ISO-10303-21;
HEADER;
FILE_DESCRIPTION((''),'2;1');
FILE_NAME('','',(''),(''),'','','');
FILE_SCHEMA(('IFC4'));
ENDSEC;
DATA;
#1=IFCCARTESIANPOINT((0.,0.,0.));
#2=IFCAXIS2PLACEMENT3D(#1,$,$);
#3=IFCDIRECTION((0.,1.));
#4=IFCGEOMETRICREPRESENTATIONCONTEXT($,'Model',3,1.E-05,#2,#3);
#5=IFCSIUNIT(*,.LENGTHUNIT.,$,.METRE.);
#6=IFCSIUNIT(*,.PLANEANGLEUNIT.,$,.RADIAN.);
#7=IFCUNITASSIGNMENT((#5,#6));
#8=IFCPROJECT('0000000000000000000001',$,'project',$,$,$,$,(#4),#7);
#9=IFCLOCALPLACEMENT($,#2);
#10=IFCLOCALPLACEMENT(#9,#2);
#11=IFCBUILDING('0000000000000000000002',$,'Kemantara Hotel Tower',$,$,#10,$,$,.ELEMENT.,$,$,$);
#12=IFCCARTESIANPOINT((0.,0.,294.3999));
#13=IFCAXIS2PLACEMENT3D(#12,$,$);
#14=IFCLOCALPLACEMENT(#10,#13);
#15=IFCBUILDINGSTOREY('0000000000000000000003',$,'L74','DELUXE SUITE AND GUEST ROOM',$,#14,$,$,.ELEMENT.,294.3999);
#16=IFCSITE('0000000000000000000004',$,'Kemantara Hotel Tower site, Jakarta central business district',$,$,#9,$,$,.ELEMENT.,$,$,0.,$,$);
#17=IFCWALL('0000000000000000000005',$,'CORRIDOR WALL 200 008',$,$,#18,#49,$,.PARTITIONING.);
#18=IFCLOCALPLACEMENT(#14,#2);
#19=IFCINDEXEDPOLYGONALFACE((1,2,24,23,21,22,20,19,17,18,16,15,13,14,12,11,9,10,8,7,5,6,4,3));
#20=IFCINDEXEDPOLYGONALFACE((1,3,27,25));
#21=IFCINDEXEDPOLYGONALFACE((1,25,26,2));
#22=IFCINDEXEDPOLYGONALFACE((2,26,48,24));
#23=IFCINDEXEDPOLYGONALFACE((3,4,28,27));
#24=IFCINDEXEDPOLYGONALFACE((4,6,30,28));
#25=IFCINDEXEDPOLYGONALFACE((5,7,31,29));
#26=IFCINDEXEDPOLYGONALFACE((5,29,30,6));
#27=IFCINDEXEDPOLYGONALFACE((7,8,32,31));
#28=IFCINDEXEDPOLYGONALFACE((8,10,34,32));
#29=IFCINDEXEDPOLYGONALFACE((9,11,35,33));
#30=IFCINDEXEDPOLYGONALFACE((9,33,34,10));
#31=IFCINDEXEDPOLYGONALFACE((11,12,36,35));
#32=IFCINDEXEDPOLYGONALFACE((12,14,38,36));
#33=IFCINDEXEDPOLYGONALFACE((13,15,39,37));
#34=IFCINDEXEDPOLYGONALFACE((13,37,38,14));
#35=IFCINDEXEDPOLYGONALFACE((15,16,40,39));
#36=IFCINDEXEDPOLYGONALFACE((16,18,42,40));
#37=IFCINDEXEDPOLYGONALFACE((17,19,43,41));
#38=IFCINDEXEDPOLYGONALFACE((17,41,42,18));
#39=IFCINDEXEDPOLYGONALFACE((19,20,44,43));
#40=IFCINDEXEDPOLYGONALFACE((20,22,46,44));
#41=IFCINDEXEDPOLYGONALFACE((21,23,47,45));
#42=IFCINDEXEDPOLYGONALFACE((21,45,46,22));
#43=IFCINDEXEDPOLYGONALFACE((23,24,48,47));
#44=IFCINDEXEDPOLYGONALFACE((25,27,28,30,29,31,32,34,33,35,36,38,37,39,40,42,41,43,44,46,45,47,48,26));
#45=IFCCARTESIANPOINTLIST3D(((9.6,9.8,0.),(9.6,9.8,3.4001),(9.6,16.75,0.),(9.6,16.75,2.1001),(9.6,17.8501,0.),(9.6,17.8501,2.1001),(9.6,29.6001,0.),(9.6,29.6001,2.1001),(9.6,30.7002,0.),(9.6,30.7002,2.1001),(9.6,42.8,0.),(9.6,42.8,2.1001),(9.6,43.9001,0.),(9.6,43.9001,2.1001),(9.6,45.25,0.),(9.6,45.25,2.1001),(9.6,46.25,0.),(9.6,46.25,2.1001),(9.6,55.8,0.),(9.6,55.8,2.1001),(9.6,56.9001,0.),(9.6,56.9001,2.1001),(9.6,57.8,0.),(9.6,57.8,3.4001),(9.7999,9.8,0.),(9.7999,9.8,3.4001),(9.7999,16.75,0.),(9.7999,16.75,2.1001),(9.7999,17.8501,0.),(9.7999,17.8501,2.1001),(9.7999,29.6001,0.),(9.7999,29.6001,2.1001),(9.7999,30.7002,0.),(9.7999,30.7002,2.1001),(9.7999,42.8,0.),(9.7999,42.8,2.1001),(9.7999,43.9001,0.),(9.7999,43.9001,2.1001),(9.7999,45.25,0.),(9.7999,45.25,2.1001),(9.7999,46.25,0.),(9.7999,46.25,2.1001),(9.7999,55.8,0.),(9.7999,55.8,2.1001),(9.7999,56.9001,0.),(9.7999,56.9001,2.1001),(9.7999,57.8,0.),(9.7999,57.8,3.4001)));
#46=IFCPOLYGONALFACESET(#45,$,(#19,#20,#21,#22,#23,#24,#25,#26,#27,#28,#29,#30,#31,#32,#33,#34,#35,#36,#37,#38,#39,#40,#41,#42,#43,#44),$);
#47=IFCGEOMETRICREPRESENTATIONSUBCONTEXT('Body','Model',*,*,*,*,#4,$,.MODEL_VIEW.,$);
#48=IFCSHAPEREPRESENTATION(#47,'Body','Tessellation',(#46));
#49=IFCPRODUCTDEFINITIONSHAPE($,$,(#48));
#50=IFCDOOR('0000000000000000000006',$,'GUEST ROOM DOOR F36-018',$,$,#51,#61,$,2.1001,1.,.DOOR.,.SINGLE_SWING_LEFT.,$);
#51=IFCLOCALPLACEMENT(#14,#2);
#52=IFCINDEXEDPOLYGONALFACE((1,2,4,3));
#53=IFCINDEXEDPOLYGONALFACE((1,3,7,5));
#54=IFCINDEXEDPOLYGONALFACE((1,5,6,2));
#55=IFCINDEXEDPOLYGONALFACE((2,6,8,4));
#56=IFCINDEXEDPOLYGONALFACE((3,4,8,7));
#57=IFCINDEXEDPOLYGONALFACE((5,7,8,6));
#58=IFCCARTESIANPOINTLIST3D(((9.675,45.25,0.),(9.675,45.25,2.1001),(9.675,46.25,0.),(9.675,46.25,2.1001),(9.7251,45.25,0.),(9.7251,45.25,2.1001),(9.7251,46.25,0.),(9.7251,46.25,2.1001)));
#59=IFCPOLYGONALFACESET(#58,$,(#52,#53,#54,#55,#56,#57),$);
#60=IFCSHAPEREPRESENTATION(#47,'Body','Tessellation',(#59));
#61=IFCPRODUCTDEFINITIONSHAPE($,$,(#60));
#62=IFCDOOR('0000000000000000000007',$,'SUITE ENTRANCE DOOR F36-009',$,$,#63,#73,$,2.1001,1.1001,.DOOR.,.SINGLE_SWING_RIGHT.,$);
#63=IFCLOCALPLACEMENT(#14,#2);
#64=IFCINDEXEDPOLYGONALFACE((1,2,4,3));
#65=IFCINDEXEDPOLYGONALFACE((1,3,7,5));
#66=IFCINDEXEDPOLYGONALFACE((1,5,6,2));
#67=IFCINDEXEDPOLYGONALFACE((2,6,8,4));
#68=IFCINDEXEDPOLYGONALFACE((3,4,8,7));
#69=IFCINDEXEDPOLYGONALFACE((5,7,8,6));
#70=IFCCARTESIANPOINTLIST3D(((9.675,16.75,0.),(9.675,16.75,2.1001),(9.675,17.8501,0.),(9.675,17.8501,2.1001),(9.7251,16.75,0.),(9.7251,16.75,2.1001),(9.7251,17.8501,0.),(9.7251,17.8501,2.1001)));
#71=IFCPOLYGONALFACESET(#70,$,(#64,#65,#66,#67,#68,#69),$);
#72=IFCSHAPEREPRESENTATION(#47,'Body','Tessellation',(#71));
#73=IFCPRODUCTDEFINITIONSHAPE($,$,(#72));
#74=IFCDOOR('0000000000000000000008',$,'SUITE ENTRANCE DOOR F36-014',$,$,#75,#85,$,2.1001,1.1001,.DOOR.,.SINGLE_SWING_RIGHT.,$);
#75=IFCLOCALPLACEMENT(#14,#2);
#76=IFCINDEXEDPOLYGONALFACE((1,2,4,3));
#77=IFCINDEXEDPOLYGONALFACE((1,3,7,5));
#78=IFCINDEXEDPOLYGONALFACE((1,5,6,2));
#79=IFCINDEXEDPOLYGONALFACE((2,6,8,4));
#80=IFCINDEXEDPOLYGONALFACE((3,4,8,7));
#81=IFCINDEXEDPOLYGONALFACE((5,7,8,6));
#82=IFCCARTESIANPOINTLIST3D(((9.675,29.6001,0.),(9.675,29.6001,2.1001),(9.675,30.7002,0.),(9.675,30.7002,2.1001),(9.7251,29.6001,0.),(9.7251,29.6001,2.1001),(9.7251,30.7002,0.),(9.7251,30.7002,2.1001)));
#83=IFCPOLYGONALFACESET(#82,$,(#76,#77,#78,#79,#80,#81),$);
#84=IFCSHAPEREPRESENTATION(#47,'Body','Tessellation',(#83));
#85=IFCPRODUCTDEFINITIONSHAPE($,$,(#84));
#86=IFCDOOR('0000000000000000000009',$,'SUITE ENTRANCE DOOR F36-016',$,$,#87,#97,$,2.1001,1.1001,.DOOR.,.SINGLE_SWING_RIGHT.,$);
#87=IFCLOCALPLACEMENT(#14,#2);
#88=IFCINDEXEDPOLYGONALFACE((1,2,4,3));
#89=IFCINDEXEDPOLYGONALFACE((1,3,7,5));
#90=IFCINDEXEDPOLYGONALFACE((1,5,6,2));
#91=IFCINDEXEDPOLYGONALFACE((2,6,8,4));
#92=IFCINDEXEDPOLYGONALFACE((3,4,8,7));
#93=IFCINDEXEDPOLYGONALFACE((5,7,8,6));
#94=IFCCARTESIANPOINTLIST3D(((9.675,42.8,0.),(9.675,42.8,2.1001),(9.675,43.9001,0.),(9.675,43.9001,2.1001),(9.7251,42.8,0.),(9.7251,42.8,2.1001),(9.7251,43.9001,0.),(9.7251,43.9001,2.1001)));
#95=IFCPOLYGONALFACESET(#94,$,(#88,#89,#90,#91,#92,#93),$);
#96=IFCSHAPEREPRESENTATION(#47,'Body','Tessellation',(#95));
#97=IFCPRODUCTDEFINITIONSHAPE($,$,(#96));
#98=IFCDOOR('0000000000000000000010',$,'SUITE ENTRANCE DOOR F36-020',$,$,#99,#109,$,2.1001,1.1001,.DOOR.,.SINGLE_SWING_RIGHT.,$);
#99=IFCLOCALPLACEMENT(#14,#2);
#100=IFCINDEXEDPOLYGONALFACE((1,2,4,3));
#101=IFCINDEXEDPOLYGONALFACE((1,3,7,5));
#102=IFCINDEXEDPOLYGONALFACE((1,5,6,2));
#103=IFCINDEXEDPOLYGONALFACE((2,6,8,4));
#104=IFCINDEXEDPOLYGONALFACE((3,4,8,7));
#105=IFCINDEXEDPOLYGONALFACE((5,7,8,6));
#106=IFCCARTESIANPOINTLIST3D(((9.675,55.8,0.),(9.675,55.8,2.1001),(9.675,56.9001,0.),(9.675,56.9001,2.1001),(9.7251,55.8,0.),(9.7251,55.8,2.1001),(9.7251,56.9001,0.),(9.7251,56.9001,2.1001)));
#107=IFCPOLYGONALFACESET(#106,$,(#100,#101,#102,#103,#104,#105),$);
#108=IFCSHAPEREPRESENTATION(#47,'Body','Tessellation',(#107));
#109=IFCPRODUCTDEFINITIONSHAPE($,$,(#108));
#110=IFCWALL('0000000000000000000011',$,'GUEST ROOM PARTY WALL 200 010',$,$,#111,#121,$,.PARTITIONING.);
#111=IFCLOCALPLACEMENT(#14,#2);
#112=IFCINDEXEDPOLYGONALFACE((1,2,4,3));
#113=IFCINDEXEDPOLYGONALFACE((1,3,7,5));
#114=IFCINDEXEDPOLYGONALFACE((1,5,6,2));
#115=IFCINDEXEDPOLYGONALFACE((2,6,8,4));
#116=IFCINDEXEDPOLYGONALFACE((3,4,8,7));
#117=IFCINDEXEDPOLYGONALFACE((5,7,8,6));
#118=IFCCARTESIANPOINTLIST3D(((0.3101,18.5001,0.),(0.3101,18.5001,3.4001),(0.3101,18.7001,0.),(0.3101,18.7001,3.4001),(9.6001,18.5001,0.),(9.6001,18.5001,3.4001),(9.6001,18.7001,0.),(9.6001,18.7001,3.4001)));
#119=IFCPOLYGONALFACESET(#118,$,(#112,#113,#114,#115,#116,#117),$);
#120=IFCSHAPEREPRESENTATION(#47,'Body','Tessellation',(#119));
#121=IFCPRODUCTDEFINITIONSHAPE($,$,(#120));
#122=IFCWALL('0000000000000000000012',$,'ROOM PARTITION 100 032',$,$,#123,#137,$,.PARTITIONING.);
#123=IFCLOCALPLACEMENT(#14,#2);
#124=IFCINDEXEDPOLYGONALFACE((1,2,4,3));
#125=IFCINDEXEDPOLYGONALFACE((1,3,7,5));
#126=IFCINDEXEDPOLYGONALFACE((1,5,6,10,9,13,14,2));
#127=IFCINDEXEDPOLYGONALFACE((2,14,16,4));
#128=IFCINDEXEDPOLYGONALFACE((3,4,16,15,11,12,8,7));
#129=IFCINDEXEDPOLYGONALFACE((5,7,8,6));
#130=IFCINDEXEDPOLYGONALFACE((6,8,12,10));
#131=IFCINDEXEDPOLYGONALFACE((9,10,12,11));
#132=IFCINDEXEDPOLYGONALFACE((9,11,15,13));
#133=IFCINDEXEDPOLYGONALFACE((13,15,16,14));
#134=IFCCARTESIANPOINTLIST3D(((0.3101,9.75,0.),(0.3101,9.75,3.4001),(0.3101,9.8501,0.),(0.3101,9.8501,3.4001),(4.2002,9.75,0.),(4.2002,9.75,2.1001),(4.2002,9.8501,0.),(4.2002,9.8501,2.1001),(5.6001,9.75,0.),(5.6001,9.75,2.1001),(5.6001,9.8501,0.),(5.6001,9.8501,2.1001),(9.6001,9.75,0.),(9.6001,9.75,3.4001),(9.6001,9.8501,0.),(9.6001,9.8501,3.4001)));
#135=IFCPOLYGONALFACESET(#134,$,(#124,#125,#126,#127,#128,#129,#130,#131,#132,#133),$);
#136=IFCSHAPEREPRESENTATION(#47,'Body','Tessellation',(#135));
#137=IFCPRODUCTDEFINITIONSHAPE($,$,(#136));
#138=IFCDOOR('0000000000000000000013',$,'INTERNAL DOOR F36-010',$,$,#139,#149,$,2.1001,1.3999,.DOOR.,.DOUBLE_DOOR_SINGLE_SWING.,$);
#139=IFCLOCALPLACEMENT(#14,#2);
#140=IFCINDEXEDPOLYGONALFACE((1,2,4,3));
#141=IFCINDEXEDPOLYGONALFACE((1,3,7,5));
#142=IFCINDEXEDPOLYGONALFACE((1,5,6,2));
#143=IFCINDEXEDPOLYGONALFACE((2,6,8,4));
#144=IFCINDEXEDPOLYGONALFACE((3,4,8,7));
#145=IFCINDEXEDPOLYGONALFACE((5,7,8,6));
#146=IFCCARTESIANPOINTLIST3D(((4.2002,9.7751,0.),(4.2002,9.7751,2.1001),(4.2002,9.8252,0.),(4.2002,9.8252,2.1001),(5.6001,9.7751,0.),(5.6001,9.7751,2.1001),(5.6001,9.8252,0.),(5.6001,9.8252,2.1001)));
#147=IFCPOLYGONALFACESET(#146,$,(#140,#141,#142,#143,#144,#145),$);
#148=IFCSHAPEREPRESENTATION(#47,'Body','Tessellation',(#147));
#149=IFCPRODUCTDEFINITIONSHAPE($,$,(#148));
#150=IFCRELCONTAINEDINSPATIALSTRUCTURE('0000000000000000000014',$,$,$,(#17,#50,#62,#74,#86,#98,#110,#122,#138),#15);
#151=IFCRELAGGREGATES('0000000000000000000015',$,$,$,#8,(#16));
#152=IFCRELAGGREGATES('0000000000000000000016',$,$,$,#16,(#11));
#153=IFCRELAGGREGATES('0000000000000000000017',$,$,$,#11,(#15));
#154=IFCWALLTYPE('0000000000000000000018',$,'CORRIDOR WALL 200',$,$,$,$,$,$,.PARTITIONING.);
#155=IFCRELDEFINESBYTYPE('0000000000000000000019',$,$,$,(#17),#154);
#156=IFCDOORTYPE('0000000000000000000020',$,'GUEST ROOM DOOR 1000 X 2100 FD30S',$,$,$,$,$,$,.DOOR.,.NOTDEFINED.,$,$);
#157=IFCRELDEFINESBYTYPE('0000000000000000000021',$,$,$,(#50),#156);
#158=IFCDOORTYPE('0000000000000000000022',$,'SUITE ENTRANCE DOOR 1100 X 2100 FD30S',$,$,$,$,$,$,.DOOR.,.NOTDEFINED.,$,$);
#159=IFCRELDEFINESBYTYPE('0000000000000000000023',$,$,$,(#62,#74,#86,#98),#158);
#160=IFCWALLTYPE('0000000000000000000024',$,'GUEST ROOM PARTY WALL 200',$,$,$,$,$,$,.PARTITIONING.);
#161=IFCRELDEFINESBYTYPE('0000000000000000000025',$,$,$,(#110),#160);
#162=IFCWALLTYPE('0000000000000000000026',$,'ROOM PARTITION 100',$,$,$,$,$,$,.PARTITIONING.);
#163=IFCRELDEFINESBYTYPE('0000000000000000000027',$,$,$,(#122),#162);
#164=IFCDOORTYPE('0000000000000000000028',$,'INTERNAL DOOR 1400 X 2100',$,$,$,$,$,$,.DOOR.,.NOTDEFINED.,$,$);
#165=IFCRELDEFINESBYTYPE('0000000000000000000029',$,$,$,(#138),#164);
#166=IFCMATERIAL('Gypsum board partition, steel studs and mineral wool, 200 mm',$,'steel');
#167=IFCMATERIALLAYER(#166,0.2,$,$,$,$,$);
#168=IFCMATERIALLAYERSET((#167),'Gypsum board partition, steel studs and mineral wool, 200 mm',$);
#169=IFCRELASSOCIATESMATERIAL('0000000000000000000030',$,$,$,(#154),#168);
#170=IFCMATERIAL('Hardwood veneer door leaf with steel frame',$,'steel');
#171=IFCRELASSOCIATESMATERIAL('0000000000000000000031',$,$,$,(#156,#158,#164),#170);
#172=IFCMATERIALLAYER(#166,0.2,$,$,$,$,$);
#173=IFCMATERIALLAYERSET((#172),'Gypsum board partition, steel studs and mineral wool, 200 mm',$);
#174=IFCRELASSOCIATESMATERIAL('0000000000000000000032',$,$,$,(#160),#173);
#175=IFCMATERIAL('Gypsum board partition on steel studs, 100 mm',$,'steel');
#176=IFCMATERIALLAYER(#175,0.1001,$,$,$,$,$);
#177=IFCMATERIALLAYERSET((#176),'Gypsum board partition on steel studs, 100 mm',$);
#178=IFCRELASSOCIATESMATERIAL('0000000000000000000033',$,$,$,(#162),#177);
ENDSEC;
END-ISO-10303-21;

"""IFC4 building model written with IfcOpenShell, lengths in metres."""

from ifc_helpers import new_model, si_unit, direction, frame, frame_2d, origin, place, context, subcontext, project, spatial, rectangle, extrude, material, layer, layer_set, type_object, element, fill, save


model = new_model("IFC4")

# Units and contexts
model_context = context("Model", 3, precision=1e-05, world=origin(), true_north=direction((0.0, 1.0)))
body_context = subcontext(model_context, "Body", "Model", "MODEL_VIEW")
ifc_project = project(units=[si_unit("LENGTHUNIT", "METRE"), si_unit("PLANEANGLEUNIT", "RADIAN")], contexts=[model_context])

# Site, building, storey
site_placement = place(None, origin())
site = spatial("IfcSite", under=ifc_project, at=site_placement, Name="Kemantara Hotel Tower site, Jakarta central business district", CompositionType="ELEMENT", RefElevation=0.0)
building_placement = place(site_placement, origin())
building = spatial("IfcBuilding", under=site, at=building_placement, Name="Kemantara Hotel Tower", CompositionType="ELEMENT")
storey_placement = place(building_placement, frame((0.0, 0.0, 294.3999)))
storey = spatial("IfcBuildingStorey", under=building, at=storey_placement, Name="L74", Description="DELUXE SUITE AND GUEST ROOM", CompositionType="ELEMENT", Elevation=294.3999)

# Wall, openings, doors
ifc_material_1 = material(Name="Gypsum board partition, steel studs and mineral wool, 200 mm", Category="steel")
ifc_layer_1 = layer(ifc_material_1, 0.2)
ifc_layer_set_1 = layer_set([ifc_layer_1], Name="Gypsum board partition, steel studs and mineral wool, 200 mm")
wall_type_1 = type_object("IfcWallType", Name="CORRIDOR WALL 200", PredefinedType="PARTITIONING", material=ifc_layer_set_1)
wall_1_placement = place(storey_placement, frame((9.7, 9.8, 0.0), z_axis=(0.0, 0.0, 1.0), x_axis=(0.0, 1.0, 0.0)))
wall_1 = element("IfcWall", 1, at=wall_1_placement, inside=storey, type_object=wall_type_1, Name="CORRIDOR WALL 200 008", PredefinedType="PARTITIONING", context=body_context, shape_type="SweptSolid", body=[
    extrude(rectangle(XDim=48.0, YDim=0.2, at=frame_2d((24.0, 0.0))), origin(), (0.0, 0.0, 1.0), 3.4001),
])
opening_1_placement = place(wall_1_placement, frame((6.95, 0.0, 0.0)))
opening_1 = element("IfcOpeningElement", 2, at=opening_1_placement, cuts=wall_1, PredefinedType="OPENING", context=body_context, shape_type="SweptSolid", body=[
    extrude(rectangle(XDim=1.1001, YDim=2.1001, at=frame_2d((0.55, 1.05))), frame((0.0, 0.1099, 0.0), z_axis=(0.0, -1.0, 0.0), x_axis=(1.0, 0.0, 0.0)), (0.0, 0.0, 1.0), 0.22),
])
opening_2_placement = place(wall_1_placement, frame((19.8, 0.0, 0.0)))
opening_2 = element("IfcOpeningElement", 3, at=opening_2_placement, cuts=wall_1, PredefinedType="OPENING", context=body_context, shape_type="SweptSolid", body=[
    extrude(rectangle(XDim=1.1001, YDim=2.1001, at=frame_2d((0.55, 1.05))), frame((0.0, 0.1099, 0.0), z_axis=(0.0, -1.0, 0.0), x_axis=(1.0, 0.0, 0.0)), (0.0, 0.0, 1.0), 0.22),
])
opening_3_placement = place(wall_1_placement, frame((33.0, 0.0, 0.0)))
opening_3 = element("IfcOpeningElement", 4, at=opening_3_placement, cuts=wall_1, PredefinedType="OPENING", context=body_context, shape_type="SweptSolid", body=[
    extrude(rectangle(XDim=1.1001, YDim=2.1001, at=frame_2d((0.55, 1.05))), frame((0.0, 0.1099, 0.0), z_axis=(0.0, -1.0, 0.0), x_axis=(1.0, 0.0, 0.0)), (0.0, 0.0, 1.0), 0.22),
])
opening_4_placement = place(wall_1_placement, frame((35.45, 0.0, 0.0)))
opening_4 = element("IfcOpeningElement", 5, at=opening_4_placement, cuts=wall_1, PredefinedType="OPENING", context=body_context, shape_type="SweptSolid", body=[
    extrude(rectangle(XDim=1.0, YDim=2.1001, at=frame_2d((0.5, 1.05))), frame((0.0, 0.1099, 0.0), z_axis=(0.0, -1.0, 0.0), x_axis=(1.0, 0.0, 0.0)), (0.0, 0.0, 1.0), 0.22),
])
opening_5_placement = place(wall_1_placement, frame((46.0, 0.0, 0.0)))
opening_5 = element("IfcOpeningElement", 6, at=opening_5_placement, cuts=wall_1, PredefinedType="OPENING", context=body_context, shape_type="SweptSolid", body=[
    extrude(rectangle(XDim=1.1001, YDim=2.1001, at=frame_2d((0.55, 1.05))), frame((0.0, 0.1099, 0.0), z_axis=(0.0, -1.0, 0.0), x_axis=(1.0, 0.0, 0.0)), (0.0, 0.0, 1.0), 0.22),
])
ifc_material_2 = material(Name="Hardwood veneer door leaf with steel frame", Category="steel")
door_type_1 = type_object("IfcDoorType", Name="GUEST ROOM DOOR 1000 X 2100 FD30S", OperationType="NOTDEFINED", PredefinedType="DOOR", material=ifc_material_2)
door_1_placement = place(opening_4_placement, origin())
door_1 = element("IfcDoor", 7, at=door_1_placement, inside=storey, type_object=door_type_1, Name="GUEST ROOM DOOR F36-018", OperationType="SINGLE_SWING_LEFT", OverallHeight=2.1001, OverallWidth=1.0, PredefinedType="DOOR", context=body_context, shape_type="SweptSolid", body=[
    extrude(rectangle(XDim=1.0, YDim=2.1001, at=frame_2d((0.5, 1.05))), frame((0.0, 0.0249, 0.0), z_axis=(0.0, -1.0, 0.0), x_axis=(1.0, 0.0, 0.0)), (0.0, 0.0, 1.0), 0.05),
])
fill(opening_4, door_1)
door_type_2 = type_object("IfcDoorType", Name="SUITE ENTRANCE DOOR 1100 X 2100 FD30S", OperationType="NOTDEFINED", PredefinedType="DOOR", material=ifc_material_2)
door_2_placement = place(opening_1_placement, origin())
door_2 = element("IfcDoor", 8, at=door_2_placement, inside=storey, type_object=door_type_2, Name="SUITE ENTRANCE DOOR F36-009", OperationType="SINGLE_SWING_RIGHT", OverallHeight=2.1001, OverallWidth=1.1001, PredefinedType="DOOR", context=body_context, shape_type="SweptSolid", body=[
    extrude(rectangle(XDim=1.1001, YDim=2.1001, at=frame_2d((0.55, 1.05))), frame((0.0, 0.0249, 0.0), z_axis=(0.0, -1.0, 0.0), x_axis=(1.0, 0.0, 0.0)), (0.0, 0.0, 1.0), 0.05),
])
fill(opening_1, door_2)
door_3_placement = place(opening_2_placement, origin())
door_3 = element("IfcDoor", 9, at=door_3_placement, inside=storey, type_object=door_type_2, Name="SUITE ENTRANCE DOOR F36-014", OperationType="SINGLE_SWING_RIGHT", OverallHeight=2.1001, OverallWidth=1.1001, PredefinedType="DOOR", context=body_context, shape_type="SweptSolid", body=[
    extrude(rectangle(XDim=1.1001, YDim=2.1001, at=frame_2d((0.55, 1.05))), frame((0.0, 0.0249, 0.0), z_axis=(0.0, -1.0, 0.0), x_axis=(1.0, 0.0, 0.0)), (0.0, 0.0, 1.0), 0.05),
])
fill(opening_2, door_3)
door_4_placement = place(opening_3_placement, origin())
door_4 = element("IfcDoor", 10, at=door_4_placement, inside=storey, type_object=door_type_2, Name="SUITE ENTRANCE DOOR F36-016", OperationType="SINGLE_SWING_RIGHT", OverallHeight=2.1001, OverallWidth=1.1001, PredefinedType="DOOR", context=body_context, shape_type="SweptSolid", body=[
    extrude(rectangle(XDim=1.1001, YDim=2.1001, at=frame_2d((0.55, 1.05))), frame((0.0, 0.0249, 0.0), z_axis=(0.0, -1.0, 0.0), x_axis=(1.0, 0.0, 0.0)), (0.0, 0.0, 1.0), 0.05),
])
fill(opening_3, door_4)
door_5_placement = place(opening_5_placement, origin())
door_5 = element("IfcDoor", 11, at=door_5_placement, inside=storey, type_object=door_type_2, Name="SUITE ENTRANCE DOOR F36-020", OperationType="SINGLE_SWING_RIGHT", OverallHeight=2.1001, OverallWidth=1.1001, PredefinedType="DOOR", context=body_context, shape_type="SweptSolid", body=[
    extrude(rectangle(XDim=1.1001, YDim=2.1001, at=frame_2d((0.55, 1.05))), frame((0.0, 0.0249, 0.0), z_axis=(0.0, -1.0, 0.0), x_axis=(1.0, 0.0, 0.0)), (0.0, 0.0, 1.0), 0.05),
])
fill(opening_5, door_5)

# Wall
ifc_layer_2 = layer(ifc_material_1, 0.2)
ifc_layer_set_2 = layer_set([ifc_layer_2], Name="Gypsum board partition, steel studs and mineral wool, 200 mm")
wall_type_2 = type_object("IfcWallType", Name="GUEST ROOM PARTY WALL 200", PredefinedType="PARTITIONING", material=ifc_layer_set_2)
wall_2_placement = place(storey_placement, frame((0.3101, 18.6001, 0.0), z_axis=(0.0, 0.0, 1.0), x_axis=(1.0, 0.0, 0.0)))
element("IfcWall", 12, at=wall_2_placement, inside=storey, type_object=wall_type_2, Name="GUEST ROOM PARTY WALL 200 010", PredefinedType="PARTITIONING", context=body_context, shape_type="SweptSolid", body=[
    extrude(rectangle(XDim=9.29, YDim=0.2, at=frame_2d((4.645, 0.0))), origin(), (0.0, 0.0, 1.0), 3.4001),
])

# Wall, opening, door
ifc_material_3 = material(Name="Gypsum board partition on steel studs, 100 mm", Category="steel")
ifc_layer_3 = layer(ifc_material_3, 0.1001)
ifc_layer_set_3 = layer_set([ifc_layer_3], Name="Gypsum board partition on steel studs, 100 mm")
wall_type_3 = type_object("IfcWallType", Name="ROOM PARTITION 100", PredefinedType="PARTITIONING", material=ifc_layer_set_3)
wall_3_placement = place(storey_placement, frame((9.6001, 9.8, 0.0), z_axis=(0.0, 0.0, 1.0), x_axis=(-1.0, 0.0, 0.0)))
wall_3 = element("IfcWall", 13, at=wall_3_placement, inside=storey, type_object=wall_type_3, Name="ROOM PARTITION 100 032", PredefinedType="PARTITIONING", context=body_context, shape_type="SweptSolid", body=[
    extrude(rectangle(XDim=9.29, YDim=0.1001, at=frame_2d((4.645, 0.0))), origin(), (0.0, 0.0, 1.0), 3.4001),
])
opening_6_placement = place(wall_3_placement, frame((4.0, 0.0, 0.0)))
opening_6 = element("IfcOpeningElement", 14, at=opening_6_placement, cuts=wall_3, PredefinedType="OPENING", context=body_context, shape_type="SweptSolid", body=[
    extrude(rectangle(XDim=1.3999, YDim=2.1001, at=frame_2d((0.7, 1.05))), frame((0.0, 0.0601, 0.0), z_axis=(0.0, -1.0, 0.0), x_axis=(1.0, 0.0, 0.0)), (0.0, 0.0, 1.0), 0.1201),
])
door_type_3 = type_object("IfcDoorType", Name="INTERNAL DOOR 1400 X 2100", OperationType="NOTDEFINED", PredefinedType="DOOR", material=ifc_material_2)
door_6_placement = place(opening_6_placement, origin())
door_6 = element("IfcDoor", 15, at=door_6_placement, inside=storey, type_object=door_type_3, Name="INTERNAL DOOR F36-010", OperationType="DOUBLE_DOOR_SINGLE_SWING", OverallHeight=2.1001, OverallWidth=1.3999, PredefinedType="DOOR", context=body_context, shape_type="SweptSolid", body=[
    extrude(rectangle(XDim=1.3999, YDim=2.1001, at=frame_2d((0.7, 1.05))), frame((0.0, 0.0249, 0.0), z_axis=(0.0, -1.0, 0.0), x_axis=(1.0, 0.0, 0.0)), (0.0, 0.0, 1.0), 0.05),
])
fill(opening_6, door_6)

save(model, "model.ifc")
